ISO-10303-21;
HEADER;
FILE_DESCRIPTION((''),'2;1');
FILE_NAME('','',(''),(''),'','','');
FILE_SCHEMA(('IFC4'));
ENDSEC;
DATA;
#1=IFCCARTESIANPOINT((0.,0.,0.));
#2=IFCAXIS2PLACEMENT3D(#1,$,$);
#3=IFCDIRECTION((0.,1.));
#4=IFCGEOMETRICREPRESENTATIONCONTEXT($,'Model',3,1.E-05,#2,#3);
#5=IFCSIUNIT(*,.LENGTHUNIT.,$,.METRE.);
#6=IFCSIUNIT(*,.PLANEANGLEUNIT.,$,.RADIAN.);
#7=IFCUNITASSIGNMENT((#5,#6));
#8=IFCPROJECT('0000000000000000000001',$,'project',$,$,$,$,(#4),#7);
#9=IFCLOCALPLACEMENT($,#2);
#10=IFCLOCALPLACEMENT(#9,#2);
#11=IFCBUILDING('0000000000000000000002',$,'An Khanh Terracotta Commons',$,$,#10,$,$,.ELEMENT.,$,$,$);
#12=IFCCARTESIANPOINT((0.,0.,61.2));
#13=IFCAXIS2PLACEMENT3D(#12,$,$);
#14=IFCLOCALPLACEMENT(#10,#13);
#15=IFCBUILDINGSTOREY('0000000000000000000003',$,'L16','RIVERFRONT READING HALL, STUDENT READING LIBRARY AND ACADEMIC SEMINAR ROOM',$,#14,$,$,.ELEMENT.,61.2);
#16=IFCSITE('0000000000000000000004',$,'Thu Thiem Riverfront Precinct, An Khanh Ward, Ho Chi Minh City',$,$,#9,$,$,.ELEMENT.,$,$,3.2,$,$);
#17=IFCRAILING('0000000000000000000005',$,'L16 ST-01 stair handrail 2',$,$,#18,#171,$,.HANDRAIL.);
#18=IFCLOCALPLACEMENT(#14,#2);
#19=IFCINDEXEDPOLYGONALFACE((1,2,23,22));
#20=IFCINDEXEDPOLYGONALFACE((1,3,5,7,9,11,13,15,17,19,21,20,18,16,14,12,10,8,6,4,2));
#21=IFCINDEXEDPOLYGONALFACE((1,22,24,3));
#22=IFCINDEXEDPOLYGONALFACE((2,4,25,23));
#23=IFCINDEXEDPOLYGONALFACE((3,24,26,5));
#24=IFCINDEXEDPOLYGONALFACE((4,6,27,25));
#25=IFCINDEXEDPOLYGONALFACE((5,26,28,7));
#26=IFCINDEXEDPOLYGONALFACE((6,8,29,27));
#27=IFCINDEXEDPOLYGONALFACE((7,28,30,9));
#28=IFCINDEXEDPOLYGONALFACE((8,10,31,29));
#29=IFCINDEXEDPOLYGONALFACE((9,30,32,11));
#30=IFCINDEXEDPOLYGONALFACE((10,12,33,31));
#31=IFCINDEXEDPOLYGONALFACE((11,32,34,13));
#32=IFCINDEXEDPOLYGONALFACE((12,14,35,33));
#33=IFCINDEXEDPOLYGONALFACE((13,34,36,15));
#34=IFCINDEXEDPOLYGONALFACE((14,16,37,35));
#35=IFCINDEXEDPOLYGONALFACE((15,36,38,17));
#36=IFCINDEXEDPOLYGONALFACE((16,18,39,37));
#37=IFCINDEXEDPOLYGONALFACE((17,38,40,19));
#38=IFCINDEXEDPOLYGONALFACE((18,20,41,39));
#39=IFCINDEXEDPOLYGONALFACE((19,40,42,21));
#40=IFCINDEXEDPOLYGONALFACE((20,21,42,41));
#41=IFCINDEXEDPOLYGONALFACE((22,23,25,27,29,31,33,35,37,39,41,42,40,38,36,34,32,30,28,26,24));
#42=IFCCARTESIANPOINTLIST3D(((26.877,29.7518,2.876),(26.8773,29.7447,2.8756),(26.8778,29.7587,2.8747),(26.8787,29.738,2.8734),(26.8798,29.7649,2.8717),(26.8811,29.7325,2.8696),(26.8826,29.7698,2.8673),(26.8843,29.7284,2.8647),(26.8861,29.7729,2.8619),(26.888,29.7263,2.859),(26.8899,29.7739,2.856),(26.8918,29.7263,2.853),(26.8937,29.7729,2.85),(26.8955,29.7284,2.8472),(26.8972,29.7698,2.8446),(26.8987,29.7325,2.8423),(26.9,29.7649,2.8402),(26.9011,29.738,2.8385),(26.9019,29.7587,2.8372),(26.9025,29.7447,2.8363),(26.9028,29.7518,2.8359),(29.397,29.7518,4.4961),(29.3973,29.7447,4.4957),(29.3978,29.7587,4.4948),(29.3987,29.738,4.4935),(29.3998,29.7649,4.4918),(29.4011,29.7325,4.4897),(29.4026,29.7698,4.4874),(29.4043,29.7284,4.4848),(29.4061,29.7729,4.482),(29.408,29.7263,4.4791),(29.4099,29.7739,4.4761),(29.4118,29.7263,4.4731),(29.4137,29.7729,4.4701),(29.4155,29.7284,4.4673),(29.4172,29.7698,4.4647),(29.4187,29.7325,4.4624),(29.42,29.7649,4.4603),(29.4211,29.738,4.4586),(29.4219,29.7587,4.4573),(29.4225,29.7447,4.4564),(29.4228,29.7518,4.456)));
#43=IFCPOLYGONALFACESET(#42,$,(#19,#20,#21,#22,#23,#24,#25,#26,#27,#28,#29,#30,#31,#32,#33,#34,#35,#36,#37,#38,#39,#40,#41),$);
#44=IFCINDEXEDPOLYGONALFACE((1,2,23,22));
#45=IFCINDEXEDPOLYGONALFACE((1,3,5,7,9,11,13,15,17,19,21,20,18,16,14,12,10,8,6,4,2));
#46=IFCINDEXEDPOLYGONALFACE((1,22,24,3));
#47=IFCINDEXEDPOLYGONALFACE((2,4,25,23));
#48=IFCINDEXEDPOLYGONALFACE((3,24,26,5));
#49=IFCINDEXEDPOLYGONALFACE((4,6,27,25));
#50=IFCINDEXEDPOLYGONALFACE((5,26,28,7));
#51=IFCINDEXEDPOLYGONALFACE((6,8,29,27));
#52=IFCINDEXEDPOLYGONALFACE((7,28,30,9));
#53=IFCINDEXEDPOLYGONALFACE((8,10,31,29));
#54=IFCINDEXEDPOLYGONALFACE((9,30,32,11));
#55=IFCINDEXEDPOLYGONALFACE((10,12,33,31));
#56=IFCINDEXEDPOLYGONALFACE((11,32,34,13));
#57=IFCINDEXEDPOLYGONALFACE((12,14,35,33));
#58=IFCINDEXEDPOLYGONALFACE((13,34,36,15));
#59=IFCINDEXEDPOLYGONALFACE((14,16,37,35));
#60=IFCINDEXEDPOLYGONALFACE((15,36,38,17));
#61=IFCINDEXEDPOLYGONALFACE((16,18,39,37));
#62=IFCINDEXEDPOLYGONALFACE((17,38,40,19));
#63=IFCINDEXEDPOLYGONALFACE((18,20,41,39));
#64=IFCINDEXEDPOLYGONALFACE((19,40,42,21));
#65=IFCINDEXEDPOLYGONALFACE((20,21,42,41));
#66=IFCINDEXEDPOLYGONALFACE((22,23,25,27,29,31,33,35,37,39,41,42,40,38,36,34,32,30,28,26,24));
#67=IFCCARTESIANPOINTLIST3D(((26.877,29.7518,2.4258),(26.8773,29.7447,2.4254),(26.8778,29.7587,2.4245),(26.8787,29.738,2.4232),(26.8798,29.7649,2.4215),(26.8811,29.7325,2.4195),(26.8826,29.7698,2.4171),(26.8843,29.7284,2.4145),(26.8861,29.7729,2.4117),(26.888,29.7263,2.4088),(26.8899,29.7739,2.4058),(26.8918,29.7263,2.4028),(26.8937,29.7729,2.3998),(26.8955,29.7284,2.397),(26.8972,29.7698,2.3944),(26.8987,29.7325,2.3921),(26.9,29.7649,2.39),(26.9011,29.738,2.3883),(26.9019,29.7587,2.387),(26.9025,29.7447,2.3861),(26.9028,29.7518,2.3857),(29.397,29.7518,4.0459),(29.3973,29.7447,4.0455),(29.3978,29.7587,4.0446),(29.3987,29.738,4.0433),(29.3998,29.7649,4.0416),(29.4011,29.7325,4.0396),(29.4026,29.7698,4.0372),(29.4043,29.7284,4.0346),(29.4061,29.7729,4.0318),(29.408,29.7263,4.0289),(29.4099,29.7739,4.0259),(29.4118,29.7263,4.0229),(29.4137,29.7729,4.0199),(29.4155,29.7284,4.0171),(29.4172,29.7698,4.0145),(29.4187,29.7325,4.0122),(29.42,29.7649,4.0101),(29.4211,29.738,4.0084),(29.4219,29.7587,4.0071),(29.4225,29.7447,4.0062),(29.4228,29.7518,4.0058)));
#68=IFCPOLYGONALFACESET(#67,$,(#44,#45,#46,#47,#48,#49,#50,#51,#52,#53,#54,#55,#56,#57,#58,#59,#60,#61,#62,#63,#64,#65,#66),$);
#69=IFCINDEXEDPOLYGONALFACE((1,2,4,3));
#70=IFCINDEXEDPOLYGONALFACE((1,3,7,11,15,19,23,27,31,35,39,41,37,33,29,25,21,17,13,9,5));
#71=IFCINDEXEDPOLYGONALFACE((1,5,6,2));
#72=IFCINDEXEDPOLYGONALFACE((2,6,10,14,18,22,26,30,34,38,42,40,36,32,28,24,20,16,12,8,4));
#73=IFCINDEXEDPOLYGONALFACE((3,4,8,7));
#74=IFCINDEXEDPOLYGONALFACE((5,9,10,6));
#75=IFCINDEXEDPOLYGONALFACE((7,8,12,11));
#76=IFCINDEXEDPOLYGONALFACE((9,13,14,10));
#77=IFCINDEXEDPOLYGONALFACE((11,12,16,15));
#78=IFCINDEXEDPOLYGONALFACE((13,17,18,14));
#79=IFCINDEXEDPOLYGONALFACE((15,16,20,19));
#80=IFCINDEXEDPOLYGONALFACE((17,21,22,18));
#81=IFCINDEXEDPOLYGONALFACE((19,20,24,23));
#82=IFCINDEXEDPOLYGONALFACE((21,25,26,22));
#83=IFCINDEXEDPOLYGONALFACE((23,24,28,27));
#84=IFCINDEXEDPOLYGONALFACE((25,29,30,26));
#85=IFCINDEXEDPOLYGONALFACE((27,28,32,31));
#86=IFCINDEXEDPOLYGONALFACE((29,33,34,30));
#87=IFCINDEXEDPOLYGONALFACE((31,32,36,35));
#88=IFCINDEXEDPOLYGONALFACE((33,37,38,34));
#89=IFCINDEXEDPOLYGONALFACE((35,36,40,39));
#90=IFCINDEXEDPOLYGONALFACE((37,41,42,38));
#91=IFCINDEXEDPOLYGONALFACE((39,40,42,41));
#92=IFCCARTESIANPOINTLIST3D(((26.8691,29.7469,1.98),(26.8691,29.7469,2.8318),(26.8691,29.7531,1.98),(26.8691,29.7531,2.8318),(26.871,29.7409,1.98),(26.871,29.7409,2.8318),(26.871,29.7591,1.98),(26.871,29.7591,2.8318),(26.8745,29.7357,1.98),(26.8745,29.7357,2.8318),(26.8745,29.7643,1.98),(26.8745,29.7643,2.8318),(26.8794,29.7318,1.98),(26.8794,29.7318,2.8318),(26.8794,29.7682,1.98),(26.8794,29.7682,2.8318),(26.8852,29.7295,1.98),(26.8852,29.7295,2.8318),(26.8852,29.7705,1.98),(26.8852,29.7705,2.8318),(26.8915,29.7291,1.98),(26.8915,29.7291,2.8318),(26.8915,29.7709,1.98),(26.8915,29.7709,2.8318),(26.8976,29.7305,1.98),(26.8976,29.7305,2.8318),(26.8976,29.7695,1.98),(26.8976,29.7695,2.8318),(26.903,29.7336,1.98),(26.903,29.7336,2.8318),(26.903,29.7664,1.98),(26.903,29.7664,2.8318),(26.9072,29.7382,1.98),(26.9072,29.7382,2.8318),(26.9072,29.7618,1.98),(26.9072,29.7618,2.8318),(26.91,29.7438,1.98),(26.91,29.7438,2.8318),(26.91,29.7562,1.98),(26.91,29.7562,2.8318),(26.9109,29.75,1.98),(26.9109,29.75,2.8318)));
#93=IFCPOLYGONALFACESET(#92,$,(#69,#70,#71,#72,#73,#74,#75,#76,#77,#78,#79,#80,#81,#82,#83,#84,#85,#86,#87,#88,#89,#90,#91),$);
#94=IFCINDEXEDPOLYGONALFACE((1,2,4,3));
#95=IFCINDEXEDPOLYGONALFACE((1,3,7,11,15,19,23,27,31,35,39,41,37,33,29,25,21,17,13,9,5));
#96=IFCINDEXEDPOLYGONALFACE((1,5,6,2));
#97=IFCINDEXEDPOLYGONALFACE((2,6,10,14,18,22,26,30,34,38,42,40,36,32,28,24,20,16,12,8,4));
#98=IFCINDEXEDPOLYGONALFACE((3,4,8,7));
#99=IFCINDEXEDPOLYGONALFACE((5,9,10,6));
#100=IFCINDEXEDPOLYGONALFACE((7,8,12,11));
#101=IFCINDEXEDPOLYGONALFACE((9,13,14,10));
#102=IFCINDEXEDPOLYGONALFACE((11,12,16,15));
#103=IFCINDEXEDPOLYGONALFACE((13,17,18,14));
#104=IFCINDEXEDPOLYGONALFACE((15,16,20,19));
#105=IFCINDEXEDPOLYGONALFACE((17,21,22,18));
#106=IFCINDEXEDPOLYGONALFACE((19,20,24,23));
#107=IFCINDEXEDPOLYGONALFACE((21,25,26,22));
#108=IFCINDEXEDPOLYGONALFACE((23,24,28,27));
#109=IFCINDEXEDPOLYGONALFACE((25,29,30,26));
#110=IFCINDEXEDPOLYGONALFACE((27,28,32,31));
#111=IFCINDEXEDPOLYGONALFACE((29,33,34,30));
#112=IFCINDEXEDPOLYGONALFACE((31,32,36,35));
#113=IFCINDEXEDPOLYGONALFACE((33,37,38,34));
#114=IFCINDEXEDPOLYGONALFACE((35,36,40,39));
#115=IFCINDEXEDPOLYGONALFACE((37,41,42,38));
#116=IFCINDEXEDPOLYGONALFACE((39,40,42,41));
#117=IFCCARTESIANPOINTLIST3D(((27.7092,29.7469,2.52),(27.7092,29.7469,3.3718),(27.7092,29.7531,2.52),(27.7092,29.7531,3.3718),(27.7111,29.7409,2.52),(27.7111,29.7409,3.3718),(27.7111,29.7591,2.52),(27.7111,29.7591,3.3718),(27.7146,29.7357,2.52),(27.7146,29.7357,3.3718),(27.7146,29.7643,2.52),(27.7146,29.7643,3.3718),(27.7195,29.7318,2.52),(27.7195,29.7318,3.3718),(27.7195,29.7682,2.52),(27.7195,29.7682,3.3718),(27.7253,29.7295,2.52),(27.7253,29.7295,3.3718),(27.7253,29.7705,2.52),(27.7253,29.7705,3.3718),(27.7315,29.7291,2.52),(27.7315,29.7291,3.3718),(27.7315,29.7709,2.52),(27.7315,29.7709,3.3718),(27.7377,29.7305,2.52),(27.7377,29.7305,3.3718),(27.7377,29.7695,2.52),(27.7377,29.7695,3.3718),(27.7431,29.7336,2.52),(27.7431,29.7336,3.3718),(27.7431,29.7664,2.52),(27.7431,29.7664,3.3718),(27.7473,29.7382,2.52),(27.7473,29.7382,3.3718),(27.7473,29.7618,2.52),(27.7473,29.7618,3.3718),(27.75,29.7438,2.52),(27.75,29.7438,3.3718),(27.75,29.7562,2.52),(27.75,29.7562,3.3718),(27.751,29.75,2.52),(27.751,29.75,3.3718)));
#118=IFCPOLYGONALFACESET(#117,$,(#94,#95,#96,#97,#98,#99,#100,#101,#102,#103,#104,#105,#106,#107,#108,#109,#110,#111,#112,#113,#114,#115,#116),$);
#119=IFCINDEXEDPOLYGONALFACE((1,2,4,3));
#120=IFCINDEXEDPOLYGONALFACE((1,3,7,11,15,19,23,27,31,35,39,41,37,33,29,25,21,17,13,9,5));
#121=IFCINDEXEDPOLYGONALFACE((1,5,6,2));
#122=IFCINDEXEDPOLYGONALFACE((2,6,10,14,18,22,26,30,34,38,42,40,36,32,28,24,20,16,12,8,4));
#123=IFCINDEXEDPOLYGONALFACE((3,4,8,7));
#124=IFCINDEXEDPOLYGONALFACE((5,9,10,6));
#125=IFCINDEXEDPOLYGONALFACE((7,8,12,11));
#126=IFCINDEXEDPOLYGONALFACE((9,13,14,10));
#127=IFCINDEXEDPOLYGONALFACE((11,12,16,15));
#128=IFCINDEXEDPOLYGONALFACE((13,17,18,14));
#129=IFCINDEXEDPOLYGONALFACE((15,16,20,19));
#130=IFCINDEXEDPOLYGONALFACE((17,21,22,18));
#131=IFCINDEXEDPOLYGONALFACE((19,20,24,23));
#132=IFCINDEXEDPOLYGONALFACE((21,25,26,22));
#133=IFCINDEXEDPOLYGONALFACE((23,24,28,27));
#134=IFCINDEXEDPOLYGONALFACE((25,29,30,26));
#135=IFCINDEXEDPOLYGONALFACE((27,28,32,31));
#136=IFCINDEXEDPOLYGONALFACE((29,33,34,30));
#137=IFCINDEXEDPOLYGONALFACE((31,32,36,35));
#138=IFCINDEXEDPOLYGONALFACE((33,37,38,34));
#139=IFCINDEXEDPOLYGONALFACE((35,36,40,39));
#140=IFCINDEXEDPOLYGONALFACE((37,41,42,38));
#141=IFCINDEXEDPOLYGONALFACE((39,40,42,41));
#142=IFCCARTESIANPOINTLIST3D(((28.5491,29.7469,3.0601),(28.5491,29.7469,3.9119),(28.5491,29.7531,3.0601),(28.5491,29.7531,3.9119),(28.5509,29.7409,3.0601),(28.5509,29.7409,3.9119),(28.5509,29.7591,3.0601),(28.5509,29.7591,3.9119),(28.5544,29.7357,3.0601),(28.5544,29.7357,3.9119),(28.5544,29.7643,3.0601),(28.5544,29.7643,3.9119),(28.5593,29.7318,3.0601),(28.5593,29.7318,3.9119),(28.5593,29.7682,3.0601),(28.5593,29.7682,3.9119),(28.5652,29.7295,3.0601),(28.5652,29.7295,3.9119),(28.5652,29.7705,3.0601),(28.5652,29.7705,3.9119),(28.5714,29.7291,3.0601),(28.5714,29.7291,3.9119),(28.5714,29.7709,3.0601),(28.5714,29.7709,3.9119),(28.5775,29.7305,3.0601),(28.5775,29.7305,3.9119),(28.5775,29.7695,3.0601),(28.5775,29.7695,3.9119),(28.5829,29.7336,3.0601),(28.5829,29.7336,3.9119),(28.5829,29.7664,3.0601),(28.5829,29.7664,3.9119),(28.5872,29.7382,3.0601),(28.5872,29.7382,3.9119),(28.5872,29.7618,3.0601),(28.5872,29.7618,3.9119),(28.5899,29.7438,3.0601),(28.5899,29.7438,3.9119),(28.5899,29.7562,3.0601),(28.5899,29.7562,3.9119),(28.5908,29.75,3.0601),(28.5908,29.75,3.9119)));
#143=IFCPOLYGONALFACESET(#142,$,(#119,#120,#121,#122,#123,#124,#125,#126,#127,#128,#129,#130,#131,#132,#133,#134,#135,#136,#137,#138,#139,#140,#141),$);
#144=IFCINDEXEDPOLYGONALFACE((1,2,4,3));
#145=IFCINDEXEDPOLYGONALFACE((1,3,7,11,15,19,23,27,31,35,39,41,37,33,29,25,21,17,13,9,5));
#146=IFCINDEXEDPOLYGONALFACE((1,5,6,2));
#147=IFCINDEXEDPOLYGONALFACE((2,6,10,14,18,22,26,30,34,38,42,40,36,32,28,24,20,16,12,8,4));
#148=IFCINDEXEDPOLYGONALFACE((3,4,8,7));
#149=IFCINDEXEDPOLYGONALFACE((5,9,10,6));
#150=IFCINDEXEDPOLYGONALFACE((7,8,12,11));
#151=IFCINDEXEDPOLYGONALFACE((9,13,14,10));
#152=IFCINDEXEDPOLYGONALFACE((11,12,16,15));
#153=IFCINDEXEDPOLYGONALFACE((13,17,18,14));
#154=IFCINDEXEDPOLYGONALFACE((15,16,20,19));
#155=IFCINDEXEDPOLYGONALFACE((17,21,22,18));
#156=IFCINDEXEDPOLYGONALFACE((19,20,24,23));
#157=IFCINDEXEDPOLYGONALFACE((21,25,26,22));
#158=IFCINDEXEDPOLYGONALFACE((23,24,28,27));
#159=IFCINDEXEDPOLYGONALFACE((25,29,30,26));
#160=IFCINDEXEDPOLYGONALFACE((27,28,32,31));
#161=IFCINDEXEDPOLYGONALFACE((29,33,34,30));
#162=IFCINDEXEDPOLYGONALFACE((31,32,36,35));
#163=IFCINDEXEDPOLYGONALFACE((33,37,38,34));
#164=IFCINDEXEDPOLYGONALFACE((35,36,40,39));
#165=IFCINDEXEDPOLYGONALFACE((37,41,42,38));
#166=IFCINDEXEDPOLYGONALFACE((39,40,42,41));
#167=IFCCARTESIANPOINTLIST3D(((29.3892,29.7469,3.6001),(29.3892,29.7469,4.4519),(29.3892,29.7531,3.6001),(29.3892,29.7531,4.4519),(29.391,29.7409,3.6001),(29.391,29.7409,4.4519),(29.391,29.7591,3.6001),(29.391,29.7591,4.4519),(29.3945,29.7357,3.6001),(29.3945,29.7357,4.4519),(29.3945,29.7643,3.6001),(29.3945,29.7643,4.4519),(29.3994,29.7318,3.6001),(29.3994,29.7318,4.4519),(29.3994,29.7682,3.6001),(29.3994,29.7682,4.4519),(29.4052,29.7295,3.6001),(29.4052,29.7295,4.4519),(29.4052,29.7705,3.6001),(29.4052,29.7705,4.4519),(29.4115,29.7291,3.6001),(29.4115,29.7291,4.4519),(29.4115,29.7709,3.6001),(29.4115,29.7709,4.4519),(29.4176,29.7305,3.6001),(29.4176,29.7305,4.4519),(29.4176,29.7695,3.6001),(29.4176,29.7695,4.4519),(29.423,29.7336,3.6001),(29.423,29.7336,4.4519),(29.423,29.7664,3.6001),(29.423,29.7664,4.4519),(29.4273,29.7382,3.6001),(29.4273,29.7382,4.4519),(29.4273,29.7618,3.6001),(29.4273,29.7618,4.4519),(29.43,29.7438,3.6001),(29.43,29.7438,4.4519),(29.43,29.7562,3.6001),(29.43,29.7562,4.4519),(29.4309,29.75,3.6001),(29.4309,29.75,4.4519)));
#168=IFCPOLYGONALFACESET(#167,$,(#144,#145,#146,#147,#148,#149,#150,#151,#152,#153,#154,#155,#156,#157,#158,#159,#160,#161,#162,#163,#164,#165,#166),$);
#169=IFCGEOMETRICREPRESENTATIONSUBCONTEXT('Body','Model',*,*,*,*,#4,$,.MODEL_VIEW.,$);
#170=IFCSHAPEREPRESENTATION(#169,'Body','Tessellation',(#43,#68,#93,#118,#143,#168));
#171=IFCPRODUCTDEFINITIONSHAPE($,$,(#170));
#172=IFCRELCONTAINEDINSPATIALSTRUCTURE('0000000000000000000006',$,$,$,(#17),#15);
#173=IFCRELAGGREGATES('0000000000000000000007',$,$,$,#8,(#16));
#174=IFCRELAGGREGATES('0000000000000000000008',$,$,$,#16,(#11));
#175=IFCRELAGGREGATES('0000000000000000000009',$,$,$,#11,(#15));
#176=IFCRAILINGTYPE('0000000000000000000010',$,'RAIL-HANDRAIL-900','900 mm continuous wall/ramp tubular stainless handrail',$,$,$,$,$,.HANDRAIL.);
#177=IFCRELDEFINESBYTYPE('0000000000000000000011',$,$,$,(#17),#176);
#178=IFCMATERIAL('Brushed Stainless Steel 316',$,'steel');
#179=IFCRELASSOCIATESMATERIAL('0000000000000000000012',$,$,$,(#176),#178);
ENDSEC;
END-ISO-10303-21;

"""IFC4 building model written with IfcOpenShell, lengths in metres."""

from ifc_helpers import new_model, si_unit, direction, frame, origin, origin_2d, place, context, subcontext, project, spatial, circle, extrude, material, type_object, element, save


model = new_model("IFC4")

# Units and contexts
model_context = context("Model", 3, precision=1e-05, world=origin(), true_north=direction((0.0, 1.0)))
body_context = subcontext(model_context, "Body", "Model", "MODEL_VIEW")
ifc_project = project(units=[si_unit("LENGTHUNIT", "METRE"), si_unit("PLANEANGLEUNIT", "RADIAN")], contexts=[model_context])

# Site, building, storey
site_placement = place(None, origin())
site = spatial("IfcSite", under=ifc_project, at=site_placement, Name="Thu Thiem Riverfront Precinct, An Khanh Ward, Ho Chi Minh City", CompositionType="ELEMENT", RefElevation=3.2)
building_placement = place(site_placement, origin())
building = spatial("IfcBuilding", under=site, at=building_placement, Name="An Khanh Terracotta Commons", CompositionType="ELEMENT")
storey_placement = place(building_placement, frame((0.0, 0.0, 61.2)))
storey = spatial("IfcBuildingStorey", under=building, at=storey_placement, Name="L16", Description="RIVERFRONT READING HALL, STUDENT READING LIBRARY AND ACADEMIC SEMINAR ROOM", CompositionType="ELEMENT", Elevation=61.2)

# Railing
ifc_material_1 = material(Name="Brushed Stainless Steel 316", Category="steel")
railing_type_1 = type_object("IfcRailingType", Name="RAIL-HANDRAIL-900", Description="900 mm continuous wall/ramp tubular stainless handrail", PredefinedType="HANDRAIL", material=ifc_material_1)
railing_1_placement = place(storey_placement, frame((26.8899, 29.75, 1.98)))
element("IfcRailing", 1, at=railing_1_placement, inside=storey, type_object=railing_type_1, Name="L16 ST-01 stair handrail 2", PredefinedType="HANDRAIL", context=body_context, shape_type="SweptSolid", body=[
    extrude(circle(Radius=0.0239, at=origin_2d()), frame((0.0, 0.0, 0.876), z_axis=(0.841163, 0.0, 0.540782), x_axis=(0.0, 1.0, 0.0)), (0.0, 0.0, 1.0), 2.9958),
    extrude(circle(Radius=0.0239, at=origin_2d()), frame((0.0, 0.0, 0.4258), z_axis=(0.841163, 0.0, 0.540782), x_axis=(0.0, 1.0, 0.0)), (0.0, 0.0, 1.0), 2.9958),
    extrude(circle(Radius=0.021, at=origin_2d()), origin(), (0.0, 0.0, 1.0), 0.8518),
    extrude(circle(Radius=0.021, at=origin_2d()), frame((0.8401, 0.0, 0.54)), (0.0, 0.0, 1.0), 0.8518),
    extrude(circle(Radius=0.021, at=origin_2d()), frame((1.6799, 0.0, 1.0801)), (0.0, 0.0, 1.0), 0.8518),
    extrude(circle(Radius=0.021, at=origin_2d()), frame((2.52, 0.0, 1.6201)), (0.0, 0.0, 1.0), 0.8518),
])

save(model, "model.ifc")
